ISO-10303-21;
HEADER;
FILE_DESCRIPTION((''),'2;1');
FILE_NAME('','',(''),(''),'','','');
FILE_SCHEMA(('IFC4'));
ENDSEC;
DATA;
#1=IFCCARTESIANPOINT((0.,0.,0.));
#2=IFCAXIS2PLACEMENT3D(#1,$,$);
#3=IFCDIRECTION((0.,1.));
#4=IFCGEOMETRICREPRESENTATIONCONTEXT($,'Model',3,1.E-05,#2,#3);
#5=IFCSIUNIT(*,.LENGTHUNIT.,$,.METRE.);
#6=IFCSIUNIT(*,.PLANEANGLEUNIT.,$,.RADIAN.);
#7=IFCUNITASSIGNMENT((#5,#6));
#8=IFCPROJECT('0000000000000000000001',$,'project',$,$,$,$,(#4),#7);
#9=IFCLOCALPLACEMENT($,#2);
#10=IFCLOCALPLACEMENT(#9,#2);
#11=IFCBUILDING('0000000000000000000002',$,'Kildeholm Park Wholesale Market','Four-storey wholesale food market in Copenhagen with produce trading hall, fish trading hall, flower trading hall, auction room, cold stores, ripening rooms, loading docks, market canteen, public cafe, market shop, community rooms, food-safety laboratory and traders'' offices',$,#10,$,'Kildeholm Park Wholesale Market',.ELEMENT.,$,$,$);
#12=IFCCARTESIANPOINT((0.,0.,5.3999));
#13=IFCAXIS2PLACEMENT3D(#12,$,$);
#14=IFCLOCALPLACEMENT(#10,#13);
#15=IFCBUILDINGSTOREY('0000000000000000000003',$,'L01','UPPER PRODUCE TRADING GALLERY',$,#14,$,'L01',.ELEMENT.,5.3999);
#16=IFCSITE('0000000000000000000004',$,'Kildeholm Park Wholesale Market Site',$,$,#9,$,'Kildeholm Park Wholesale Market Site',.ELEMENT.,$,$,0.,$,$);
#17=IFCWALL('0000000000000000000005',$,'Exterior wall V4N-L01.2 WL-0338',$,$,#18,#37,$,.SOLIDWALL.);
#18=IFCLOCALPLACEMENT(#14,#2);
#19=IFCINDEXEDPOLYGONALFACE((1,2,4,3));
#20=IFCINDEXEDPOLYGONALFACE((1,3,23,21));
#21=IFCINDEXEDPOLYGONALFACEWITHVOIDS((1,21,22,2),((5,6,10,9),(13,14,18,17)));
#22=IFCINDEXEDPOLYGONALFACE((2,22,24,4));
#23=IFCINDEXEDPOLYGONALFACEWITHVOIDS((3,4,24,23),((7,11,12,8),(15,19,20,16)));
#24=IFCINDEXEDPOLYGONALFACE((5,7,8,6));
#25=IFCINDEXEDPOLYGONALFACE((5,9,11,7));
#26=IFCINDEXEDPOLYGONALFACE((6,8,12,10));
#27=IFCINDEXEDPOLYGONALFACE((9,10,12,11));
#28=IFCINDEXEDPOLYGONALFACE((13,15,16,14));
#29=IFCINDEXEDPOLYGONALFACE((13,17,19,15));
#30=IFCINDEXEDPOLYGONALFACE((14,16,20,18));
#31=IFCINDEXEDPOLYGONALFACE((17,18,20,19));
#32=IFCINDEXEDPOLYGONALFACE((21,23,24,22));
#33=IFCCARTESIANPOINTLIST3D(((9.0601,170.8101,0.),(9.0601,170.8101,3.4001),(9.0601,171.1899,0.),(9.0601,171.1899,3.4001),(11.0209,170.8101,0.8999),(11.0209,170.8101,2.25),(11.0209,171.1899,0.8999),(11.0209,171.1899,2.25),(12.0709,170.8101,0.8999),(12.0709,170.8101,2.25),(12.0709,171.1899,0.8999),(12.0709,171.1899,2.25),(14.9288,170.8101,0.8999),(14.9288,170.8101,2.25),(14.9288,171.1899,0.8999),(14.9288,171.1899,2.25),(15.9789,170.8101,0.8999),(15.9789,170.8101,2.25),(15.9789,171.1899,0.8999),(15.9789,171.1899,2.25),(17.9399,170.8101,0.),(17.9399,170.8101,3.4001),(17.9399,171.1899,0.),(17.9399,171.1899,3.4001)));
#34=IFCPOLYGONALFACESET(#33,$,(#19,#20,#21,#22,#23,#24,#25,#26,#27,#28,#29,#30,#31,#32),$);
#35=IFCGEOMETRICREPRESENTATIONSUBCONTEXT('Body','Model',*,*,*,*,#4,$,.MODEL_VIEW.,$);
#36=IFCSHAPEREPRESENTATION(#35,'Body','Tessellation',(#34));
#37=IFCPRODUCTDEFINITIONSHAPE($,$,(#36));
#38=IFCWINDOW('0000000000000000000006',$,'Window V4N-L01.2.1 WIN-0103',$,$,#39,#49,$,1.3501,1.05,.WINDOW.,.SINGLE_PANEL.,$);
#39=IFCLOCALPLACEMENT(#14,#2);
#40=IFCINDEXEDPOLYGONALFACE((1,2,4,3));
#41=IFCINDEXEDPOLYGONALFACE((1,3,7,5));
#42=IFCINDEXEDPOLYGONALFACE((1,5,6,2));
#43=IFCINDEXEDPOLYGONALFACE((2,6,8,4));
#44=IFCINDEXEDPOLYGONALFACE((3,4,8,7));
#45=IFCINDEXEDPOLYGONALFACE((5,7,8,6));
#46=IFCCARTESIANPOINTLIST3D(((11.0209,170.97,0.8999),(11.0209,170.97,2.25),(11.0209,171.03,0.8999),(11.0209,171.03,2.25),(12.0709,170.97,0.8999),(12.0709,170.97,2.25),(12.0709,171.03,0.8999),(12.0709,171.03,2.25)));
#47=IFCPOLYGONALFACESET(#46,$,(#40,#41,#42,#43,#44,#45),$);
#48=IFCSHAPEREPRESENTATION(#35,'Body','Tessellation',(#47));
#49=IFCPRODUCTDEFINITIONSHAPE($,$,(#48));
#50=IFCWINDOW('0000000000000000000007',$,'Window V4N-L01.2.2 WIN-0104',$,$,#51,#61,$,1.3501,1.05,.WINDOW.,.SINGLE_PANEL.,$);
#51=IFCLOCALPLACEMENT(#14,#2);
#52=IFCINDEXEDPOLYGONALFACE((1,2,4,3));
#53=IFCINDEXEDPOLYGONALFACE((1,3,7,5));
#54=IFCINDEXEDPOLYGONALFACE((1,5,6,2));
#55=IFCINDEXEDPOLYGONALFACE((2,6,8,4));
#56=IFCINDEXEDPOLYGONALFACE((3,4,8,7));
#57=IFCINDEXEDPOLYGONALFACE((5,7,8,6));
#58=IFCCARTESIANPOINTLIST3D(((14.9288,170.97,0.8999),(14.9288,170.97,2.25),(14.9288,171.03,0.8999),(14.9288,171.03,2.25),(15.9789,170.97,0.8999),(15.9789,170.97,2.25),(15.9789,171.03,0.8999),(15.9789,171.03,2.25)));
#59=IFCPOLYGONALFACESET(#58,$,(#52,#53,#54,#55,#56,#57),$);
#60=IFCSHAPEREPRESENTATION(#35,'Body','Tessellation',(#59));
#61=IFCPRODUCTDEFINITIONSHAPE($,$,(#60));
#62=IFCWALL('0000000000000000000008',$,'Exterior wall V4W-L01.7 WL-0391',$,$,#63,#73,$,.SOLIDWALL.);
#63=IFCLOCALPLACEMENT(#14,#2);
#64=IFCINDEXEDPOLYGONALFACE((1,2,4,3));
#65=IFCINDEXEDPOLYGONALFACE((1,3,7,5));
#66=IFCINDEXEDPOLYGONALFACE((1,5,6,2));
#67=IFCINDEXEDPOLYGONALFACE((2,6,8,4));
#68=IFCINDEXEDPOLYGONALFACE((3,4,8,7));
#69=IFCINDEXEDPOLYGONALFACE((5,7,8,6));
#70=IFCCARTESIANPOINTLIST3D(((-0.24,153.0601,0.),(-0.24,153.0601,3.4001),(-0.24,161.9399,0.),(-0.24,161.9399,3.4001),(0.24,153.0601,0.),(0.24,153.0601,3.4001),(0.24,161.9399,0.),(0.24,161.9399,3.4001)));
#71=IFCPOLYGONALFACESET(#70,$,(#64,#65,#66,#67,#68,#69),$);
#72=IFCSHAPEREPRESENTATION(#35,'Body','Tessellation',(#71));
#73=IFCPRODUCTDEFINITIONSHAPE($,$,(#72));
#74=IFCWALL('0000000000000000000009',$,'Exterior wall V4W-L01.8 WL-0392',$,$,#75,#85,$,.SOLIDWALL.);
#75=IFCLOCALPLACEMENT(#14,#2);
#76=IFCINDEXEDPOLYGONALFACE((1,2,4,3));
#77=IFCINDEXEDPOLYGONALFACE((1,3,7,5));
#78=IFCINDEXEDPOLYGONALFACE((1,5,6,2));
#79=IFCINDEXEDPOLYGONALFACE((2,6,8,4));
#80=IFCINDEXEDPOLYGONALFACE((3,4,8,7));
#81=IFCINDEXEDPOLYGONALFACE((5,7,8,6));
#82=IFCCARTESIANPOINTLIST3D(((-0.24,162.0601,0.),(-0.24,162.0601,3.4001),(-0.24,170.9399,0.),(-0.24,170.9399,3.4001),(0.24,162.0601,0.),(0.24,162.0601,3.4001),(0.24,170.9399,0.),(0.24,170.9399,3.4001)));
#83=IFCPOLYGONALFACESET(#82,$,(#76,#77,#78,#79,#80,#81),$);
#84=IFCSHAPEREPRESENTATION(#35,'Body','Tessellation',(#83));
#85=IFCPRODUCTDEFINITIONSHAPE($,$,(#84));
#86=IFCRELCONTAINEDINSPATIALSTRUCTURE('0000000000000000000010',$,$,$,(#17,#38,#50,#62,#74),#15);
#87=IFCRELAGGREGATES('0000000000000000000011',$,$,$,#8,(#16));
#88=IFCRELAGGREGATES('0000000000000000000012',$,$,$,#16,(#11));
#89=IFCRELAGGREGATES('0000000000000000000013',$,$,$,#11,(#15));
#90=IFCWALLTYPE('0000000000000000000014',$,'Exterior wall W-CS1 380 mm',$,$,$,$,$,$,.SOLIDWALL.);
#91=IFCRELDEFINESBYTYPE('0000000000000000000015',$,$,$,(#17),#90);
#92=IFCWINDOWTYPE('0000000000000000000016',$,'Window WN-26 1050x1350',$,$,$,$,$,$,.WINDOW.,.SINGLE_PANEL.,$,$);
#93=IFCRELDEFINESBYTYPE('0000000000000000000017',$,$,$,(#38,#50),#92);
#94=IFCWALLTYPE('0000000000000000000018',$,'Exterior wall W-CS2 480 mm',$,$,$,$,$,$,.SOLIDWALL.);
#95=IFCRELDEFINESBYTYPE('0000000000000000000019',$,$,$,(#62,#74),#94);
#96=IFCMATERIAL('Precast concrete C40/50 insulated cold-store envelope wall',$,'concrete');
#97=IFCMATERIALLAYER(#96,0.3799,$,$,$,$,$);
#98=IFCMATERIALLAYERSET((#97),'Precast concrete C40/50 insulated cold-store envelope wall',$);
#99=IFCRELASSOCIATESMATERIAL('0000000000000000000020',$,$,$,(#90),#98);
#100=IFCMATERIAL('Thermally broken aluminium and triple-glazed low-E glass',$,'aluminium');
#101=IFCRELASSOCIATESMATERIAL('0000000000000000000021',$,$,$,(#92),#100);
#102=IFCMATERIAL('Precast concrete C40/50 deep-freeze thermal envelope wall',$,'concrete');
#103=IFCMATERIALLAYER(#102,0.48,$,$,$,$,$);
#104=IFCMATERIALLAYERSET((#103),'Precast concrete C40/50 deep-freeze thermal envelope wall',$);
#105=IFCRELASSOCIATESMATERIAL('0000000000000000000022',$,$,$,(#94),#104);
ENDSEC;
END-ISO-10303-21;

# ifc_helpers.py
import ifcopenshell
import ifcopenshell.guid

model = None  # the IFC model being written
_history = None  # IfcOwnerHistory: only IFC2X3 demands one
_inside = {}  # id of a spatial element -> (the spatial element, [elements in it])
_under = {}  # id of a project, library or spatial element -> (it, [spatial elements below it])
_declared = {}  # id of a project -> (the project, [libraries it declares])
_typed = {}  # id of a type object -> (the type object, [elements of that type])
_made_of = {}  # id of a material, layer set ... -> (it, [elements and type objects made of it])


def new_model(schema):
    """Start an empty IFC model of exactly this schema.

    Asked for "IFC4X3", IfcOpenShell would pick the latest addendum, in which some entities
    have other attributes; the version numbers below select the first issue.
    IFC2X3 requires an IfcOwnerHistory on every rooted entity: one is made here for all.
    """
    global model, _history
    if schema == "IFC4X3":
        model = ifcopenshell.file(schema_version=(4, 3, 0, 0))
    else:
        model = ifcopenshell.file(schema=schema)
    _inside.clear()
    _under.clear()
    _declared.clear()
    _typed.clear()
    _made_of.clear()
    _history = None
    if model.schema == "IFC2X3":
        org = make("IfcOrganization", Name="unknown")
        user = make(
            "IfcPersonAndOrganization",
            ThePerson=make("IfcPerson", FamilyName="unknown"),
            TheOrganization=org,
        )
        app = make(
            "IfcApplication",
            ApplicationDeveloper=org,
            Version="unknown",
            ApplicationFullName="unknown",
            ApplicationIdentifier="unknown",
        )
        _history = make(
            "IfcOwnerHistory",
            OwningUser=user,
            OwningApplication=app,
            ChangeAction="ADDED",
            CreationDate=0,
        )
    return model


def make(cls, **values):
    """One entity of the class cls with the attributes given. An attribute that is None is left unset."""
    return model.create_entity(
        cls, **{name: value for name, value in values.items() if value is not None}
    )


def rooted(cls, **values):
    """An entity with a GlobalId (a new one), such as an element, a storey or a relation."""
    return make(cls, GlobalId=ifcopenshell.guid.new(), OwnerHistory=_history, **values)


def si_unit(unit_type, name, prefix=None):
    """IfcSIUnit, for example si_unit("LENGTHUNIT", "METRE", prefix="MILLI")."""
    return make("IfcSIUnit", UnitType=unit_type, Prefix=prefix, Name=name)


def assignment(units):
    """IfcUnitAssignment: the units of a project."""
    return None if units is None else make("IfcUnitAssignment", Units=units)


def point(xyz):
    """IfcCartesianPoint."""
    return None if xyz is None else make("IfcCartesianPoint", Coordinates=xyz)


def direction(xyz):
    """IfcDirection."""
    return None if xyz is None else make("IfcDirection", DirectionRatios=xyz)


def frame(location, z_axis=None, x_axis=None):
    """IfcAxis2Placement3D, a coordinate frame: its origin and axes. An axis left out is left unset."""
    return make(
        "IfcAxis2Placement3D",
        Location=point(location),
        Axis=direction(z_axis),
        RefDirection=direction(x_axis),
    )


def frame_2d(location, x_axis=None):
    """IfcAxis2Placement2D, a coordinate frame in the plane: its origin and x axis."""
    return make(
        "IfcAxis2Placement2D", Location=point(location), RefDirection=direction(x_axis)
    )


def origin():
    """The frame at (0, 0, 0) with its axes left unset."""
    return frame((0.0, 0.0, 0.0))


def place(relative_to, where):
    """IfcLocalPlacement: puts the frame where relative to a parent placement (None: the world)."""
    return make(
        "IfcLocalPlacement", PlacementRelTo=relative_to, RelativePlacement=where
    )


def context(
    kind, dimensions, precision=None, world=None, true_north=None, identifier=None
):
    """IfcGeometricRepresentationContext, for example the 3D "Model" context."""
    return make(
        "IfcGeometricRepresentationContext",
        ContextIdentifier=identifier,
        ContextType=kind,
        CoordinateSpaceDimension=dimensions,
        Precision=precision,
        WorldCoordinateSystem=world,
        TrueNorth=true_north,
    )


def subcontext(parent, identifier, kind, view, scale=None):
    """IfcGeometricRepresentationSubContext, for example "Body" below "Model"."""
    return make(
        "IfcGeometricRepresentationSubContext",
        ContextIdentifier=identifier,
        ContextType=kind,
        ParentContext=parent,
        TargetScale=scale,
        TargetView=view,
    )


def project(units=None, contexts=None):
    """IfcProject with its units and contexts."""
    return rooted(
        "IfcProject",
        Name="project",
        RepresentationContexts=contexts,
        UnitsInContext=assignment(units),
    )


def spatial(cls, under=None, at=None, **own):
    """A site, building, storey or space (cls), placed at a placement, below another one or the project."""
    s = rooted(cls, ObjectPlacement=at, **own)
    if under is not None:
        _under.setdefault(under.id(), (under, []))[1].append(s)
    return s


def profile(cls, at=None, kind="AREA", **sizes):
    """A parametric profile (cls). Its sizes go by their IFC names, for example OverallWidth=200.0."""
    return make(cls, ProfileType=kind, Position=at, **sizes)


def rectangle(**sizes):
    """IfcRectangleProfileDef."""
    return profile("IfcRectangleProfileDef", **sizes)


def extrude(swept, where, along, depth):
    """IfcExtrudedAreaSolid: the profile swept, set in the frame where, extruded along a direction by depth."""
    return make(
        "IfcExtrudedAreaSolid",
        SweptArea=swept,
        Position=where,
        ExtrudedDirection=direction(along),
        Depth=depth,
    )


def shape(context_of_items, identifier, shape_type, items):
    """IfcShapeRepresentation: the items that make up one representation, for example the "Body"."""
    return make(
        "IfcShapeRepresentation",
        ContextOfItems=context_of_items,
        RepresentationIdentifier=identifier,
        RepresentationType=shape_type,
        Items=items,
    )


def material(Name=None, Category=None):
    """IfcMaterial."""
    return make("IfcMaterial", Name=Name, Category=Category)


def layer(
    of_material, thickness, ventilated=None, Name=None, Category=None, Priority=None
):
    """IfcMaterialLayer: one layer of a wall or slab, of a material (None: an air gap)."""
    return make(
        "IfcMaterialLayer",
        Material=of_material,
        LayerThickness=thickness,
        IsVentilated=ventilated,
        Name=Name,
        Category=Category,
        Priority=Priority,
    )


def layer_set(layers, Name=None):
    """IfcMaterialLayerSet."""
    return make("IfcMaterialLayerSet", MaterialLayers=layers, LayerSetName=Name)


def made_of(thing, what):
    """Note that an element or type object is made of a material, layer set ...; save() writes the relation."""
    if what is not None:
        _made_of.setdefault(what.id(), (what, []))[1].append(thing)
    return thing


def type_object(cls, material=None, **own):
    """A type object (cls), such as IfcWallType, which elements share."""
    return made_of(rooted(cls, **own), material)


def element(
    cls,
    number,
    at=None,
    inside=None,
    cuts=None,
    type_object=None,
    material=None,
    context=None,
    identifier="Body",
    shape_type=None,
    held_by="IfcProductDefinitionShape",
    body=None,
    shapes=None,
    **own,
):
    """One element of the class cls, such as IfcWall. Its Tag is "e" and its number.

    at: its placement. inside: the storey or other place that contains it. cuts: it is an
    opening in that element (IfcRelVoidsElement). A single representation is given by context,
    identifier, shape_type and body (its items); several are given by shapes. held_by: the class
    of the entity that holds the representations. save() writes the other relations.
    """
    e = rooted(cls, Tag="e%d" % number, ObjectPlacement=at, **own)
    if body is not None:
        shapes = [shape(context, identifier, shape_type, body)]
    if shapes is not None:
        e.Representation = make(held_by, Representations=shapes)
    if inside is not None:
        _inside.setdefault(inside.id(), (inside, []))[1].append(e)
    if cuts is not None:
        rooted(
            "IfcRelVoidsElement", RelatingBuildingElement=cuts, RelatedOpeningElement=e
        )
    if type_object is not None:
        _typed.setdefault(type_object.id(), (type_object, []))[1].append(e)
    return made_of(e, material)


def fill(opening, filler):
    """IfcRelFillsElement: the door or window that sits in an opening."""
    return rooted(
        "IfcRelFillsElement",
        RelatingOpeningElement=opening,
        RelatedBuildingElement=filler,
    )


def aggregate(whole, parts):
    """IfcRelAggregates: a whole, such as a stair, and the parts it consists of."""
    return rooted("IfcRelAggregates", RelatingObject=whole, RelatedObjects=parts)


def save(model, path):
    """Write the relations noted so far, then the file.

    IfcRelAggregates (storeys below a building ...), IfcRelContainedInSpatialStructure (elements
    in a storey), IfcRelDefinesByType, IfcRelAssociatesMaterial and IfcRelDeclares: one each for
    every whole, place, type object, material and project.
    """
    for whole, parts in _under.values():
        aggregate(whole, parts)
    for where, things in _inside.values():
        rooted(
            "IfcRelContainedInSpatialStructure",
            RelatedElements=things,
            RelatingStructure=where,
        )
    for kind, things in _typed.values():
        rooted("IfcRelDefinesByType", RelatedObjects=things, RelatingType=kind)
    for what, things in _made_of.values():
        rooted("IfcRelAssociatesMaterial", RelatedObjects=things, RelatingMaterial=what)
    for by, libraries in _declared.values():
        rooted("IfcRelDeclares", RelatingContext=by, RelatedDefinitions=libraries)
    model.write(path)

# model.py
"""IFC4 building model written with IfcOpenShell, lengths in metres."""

from ifc_helpers import new_model, si_unit, direction, frame, frame_2d, origin, place, context, subcontext, project, spatial, rectangle, extrude, material, layer, layer_set, type_object, element, fill, save


model = new_model("IFC4")

# Units and contexts
model_context = context("Model", 3, precision=1e-05, world=origin(), true_north=direction((0.0, 1.0)))
body_context = subcontext(model_context, "Body", "Model", "MODEL_VIEW")
ifc_project = project(units=[si_unit("LENGTHUNIT", "METRE"), si_unit("PLANEANGLEUNIT", "RADIAN")], contexts=[model_context])

# Site, building, storey
site_placement = place(None, origin())
site = spatial("IfcSite", under=ifc_project, at=site_placement, Name="Kildeholm Park Wholesale Market Site", LongName="Kildeholm Park Wholesale Market Site", CompositionType="ELEMENT", RefElevation=0.0)
building_placement = place(site_placement, origin())
building = spatial("IfcBuilding", under=site, at=building_placement, Name="Kildeholm Park Wholesale Market", Description="Four-storey wholesale food market in Copenhagen with produce trading hall, fish trading hall, flower trading hall, auction room, cold stores, ripening rooms, loading docks, market canteen, public cafe, market shop, community rooms, food-safety laboratory and traders' offices", LongName="Kildeholm Park Wholesale Market", CompositionType="ELEMENT")
storey_placement = place(building_placement, frame((0.0, 0.0, 5.3999)))
storey = spatial("IfcBuildingStorey", under=building, at=storey_placement, Name="L01", Description="UPPER PRODUCE TRADING GALLERY", LongName="L01", CompositionType="ELEMENT", Elevation=5.3999)

# Wall, openings, windows
ifc_material_1 = material(Name="Precast concrete C40/50 insulated cold-store envelope wall", Category="concrete")
ifc_layer_1 = layer(ifc_material_1, 0.3799)
ifc_layer_set_1 = layer_set([ifc_layer_1], Name="Precast concrete C40/50 insulated cold-store envelope wall")
wall_type_1 = type_object("IfcWallType", Name="Exterior wall W-CS1 380 mm", PredefinedType="SOLIDWALL", material=ifc_layer_set_1)
ifc_material_2 = material(Name="Thermally broken aluminium and triple-glazed low-E glass", Category="aluminium")
wall_1_placement = place(storey_placement, frame((9.0601, 171.0, 0.0), z_axis=(0.0, 0.0, 1.0), x_axis=(1.0, 0.0, 0.0)))
wall_1 = element("IfcWall", 1, at=wall_1_placement, inside=storey, type_object=wall_type_1, Name="Exterior wall V4N-L01.2 WL-0338", PredefinedType="SOLIDWALL", context=body_context, shape_type="SweptSolid", body=[
    extrude(rectangle(XDim=8.8799, YDim=0.3799, at=frame_2d((4.4399, 0.0))), origin(), (0.0, 0.0, 1.0), 3.4001),
])
opening_1_placement = place(wall_1_placement, frame((1.9609, 0.0, 0.8999)))
opening_1 = element("IfcOpeningElement", 2, at=opening_1_placement, cuts=wall_1, PredefinedType="OPENING", context=body_context, shape_type="SweptSolid", body=[
    extrude(rectangle(XDim=1.05, YDim=1.3501, at=frame_2d((0.5249, 0.675))), frame((0.0, 0.2, 0.0), z_axis=(0.0, -1.0, 0.0), x_axis=(1.0, 0.0, 0.0)), (0.0, 0.0, 1.0), 0.3999),
])
opening_2_placement = place(wall_1_placement, frame((5.8689, 0.0, 0.8999)))
opening_2 = element("IfcOpeningElement", 3, at=opening_2_placement, cuts=wall_1, PredefinedType="OPENING", context=body_context, shape_type="SweptSolid", body=[
    extrude(rectangle(XDim=1.05, YDim=1.3501, at=frame_2d((0.5249, 0.675))), frame((0.0, 0.2, 0.0), z_axis=(0.0, -1.0, 0.0), x_axis=(1.0, 0.0, 0.0)), (0.0, 0.0, 1.0), 0.3999),
])
window_type_1 = type_object("IfcWindowType", Name="Window WN-26 1050x1350", PartitioningType="SINGLE_PANEL", PredefinedType="WINDOW", material=ifc_material_2)
window_1_placement = place(opening_1_placement, origin())
window_1 = element("IfcWindow", 4, at=window_1_placement, inside=storey, type_object=window_type_1, Name="Window V4N-L01.2.1 WIN-0103", OverallHeight=1.3501, OverallWidth=1.05, PartitioningType="SINGLE_PANEL", PredefinedType="WINDOW", context=body_context, shape_type="SweptSolid", body=[
    extrude(rectangle(XDim=1.05, YDim=1.3501, at=frame_2d((0.5249, 0.675))), frame((0.0, 0.03, 0.0), z_axis=(0.0, -1.0, 0.0), x_axis=(1.0, 0.0, 0.0)), (0.0, 0.0, 1.0), 0.0601),
])
fill(opening_1, window_1)
window_2_placement = place(opening_2_placement, origin())
window_2 = element("IfcWindow", 5, at=window_2_placement, inside=storey, type_object=window_type_1, Name="Window V4N-L01.2.2 WIN-0104", OverallHeight=1.3501, OverallWidth=1.05, PartitioningType="SINGLE_PANEL", PredefinedType="WINDOW", context=body_context, shape_type="SweptSolid", body=[
    extrude(rectangle(XDim=1.05, YDim=1.3501, at=frame_2d((0.5249, 0.675))), frame((0.0, 0.03, 0.0), z_axis=(0.0, -1.0, 0.0), x_axis=(1.0, 0.0, 0.0)), (0.0, 0.0, 1.0), 0.0601),
])
fill(opening_2, window_2)

# Walls
ifc_material_3 = material(Name="Precast concrete C40/50 deep-freeze thermal envelope wall", Category="concrete")
ifc_layer_2 = layer(ifc_material_3, 0.48)
ifc_layer_set_2 = layer_set([ifc_layer_2], Name="Precast concrete C40/50 deep-freeze thermal envelope wall")
wall_type_2 = type_object("IfcWallType", Name="Exterior wall W-CS2 480 mm", PredefinedType="SOLIDWALL", material=ifc_layer_set_2)
for number, where, z_axis, x_axis, name in (
    (6, (0.0, 153.0601, 0.0), (0.0, 0.0, 1.0), (0.0, 1.0, 0.0), "Exterior wall V4W-L01.7 WL-0391"),
    (7, (0.0, 162.0601, 0.0), (0.0, 0.0, 1.0), (0.0, 1.0, 0.0), "Exterior wall V4W-L01.8 WL-0392"),
):
    element("IfcWall", number, at=place(storey_placement, frame(where, z_axis=z_axis, x_axis=x_axis)), inside=storey, type_object=wall_type_2, Name=name, PredefinedType="SOLIDWALL", context=body_context, shape_type="SweptSolid", body=[
        extrude(rectangle(XDim=8.8799, YDim=0.48, at=frame_2d((4.4399, 0.0))), origin(), (0.0, 0.0, 1.0), 3.4001),
    ])

save(model, "model.ifc")
